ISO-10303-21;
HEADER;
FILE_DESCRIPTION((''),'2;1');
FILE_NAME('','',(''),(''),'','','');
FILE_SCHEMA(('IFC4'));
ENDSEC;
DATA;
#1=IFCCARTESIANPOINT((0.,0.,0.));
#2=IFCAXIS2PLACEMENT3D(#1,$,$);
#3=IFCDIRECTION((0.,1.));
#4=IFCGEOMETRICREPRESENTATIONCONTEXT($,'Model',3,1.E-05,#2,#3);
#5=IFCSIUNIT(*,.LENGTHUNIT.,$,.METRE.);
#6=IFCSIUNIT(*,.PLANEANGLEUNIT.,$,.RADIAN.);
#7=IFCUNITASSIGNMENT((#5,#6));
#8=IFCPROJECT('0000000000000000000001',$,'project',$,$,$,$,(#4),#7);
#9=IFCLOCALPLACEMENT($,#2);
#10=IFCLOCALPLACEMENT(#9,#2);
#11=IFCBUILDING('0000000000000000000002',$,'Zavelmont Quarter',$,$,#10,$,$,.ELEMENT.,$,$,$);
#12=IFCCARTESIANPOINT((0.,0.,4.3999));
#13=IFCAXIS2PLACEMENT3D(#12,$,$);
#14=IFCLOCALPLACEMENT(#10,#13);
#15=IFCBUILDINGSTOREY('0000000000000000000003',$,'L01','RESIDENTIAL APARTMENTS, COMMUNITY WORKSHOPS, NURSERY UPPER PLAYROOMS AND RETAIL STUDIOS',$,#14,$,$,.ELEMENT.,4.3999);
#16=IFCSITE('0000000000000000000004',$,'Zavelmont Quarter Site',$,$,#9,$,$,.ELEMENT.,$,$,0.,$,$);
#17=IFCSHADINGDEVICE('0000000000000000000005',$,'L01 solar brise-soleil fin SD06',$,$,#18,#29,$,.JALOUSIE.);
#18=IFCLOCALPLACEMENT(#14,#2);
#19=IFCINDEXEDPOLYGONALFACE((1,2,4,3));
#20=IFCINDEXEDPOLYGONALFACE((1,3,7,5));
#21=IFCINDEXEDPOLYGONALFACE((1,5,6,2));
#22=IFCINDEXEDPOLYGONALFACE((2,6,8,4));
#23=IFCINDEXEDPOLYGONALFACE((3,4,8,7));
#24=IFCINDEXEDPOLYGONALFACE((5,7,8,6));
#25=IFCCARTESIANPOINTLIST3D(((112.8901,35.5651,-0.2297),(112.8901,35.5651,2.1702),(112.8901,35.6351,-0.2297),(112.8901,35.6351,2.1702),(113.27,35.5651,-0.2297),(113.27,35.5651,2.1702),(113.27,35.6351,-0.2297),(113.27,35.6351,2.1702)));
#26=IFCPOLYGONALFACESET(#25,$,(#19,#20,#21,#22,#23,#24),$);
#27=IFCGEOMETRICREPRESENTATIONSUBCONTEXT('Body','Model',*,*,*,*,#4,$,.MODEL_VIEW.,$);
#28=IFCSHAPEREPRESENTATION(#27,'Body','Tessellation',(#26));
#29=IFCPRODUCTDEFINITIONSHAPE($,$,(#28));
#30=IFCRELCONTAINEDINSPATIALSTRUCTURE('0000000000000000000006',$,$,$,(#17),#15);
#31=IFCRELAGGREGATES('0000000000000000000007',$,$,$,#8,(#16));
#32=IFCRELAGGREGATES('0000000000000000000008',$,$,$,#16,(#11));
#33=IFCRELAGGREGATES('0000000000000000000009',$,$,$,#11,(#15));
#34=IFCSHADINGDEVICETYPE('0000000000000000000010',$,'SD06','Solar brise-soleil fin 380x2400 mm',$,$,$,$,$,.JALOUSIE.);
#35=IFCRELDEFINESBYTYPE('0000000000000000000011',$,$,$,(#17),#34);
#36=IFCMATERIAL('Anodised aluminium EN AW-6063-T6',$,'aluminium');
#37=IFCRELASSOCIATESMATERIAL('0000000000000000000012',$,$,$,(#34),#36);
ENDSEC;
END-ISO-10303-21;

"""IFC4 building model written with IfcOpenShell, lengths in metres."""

from ifc_helpers import new_model, si_unit, direction, frame, origin, origin_2d, place, context, subcontext, project, spatial, rectangle, extrude, material, type_object, element, save


model = new_model("IFC4")

# Units and contexts
model_context = context("Model", 3, precision=1e-05, world=origin(), true_north=direction((0.0, 1.0)))
body_context = subcontext(model_context, "Body", "Model", "MODEL_VIEW")
ifc_project = project(units=[si_unit("LENGTHUNIT", "METRE"), si_unit("PLANEANGLEUNIT", "RADIAN")], contexts=[model_context])

# Site, building, storey
site_placement = place(None, origin())
site = spatial("IfcSite", under=ifc_project, at=site_placement, Name="Zavelmont Quarter Site", CompositionType="ELEMENT", RefElevation=0.0)
building_placement = place(site_placement, origin())
building = spatial("IfcBuilding", under=site, at=building_placement, Name="Zavelmont Quarter", CompositionType="ELEMENT")
storey_placement = place(building_placement, frame((0.0, 0.0, 4.3999)))
storey = spatial("IfcBuildingStorey", under=building, at=storey_placement, Name="L01", Description="RESIDENTIAL APARTMENTS, COMMUNITY WORKSHOPS, NURSERY UPPER PLAYROOMS AND RETAIL STUDIOS", CompositionType="ELEMENT", Elevation=4.3999)

# Shading device
ifc_material_1 = material(Name="Anodised aluminium EN AW-6063-T6", Category="aluminium")
shading_device_type = type_object("IfcShadingDeviceType", Name="SD06", Description="Solar brise-soleil fin 380x2400 mm", PredefinedType="JALOUSIE", material=ifc_material_1)
for number, where, z_axis, x_axis, name in (
    (1, (113.0801, 35.6001, -0.2297), (0.0, 0.0, 1.0), (0.0, 1.0, 0.0), "L01 solar brise-soleil fin SD06"),
):
    element("IfcShadingDevice", number, at=place(storey_placement, frame(where, z_axis=z_axis, x_axis=x_axis)), inside=storey, type_object=shading_device_type, Name=name, PredefinedType="JALOUSIE", context=body_context, shape_type="SweptSolid", body=[
        extrude(rectangle(XDim=0.0701, YDim=0.3799, at=origin_2d()), origin(), (0.0, 0.0, 1.0), 2.3999),
    ])

save(model, "model.ifc")
